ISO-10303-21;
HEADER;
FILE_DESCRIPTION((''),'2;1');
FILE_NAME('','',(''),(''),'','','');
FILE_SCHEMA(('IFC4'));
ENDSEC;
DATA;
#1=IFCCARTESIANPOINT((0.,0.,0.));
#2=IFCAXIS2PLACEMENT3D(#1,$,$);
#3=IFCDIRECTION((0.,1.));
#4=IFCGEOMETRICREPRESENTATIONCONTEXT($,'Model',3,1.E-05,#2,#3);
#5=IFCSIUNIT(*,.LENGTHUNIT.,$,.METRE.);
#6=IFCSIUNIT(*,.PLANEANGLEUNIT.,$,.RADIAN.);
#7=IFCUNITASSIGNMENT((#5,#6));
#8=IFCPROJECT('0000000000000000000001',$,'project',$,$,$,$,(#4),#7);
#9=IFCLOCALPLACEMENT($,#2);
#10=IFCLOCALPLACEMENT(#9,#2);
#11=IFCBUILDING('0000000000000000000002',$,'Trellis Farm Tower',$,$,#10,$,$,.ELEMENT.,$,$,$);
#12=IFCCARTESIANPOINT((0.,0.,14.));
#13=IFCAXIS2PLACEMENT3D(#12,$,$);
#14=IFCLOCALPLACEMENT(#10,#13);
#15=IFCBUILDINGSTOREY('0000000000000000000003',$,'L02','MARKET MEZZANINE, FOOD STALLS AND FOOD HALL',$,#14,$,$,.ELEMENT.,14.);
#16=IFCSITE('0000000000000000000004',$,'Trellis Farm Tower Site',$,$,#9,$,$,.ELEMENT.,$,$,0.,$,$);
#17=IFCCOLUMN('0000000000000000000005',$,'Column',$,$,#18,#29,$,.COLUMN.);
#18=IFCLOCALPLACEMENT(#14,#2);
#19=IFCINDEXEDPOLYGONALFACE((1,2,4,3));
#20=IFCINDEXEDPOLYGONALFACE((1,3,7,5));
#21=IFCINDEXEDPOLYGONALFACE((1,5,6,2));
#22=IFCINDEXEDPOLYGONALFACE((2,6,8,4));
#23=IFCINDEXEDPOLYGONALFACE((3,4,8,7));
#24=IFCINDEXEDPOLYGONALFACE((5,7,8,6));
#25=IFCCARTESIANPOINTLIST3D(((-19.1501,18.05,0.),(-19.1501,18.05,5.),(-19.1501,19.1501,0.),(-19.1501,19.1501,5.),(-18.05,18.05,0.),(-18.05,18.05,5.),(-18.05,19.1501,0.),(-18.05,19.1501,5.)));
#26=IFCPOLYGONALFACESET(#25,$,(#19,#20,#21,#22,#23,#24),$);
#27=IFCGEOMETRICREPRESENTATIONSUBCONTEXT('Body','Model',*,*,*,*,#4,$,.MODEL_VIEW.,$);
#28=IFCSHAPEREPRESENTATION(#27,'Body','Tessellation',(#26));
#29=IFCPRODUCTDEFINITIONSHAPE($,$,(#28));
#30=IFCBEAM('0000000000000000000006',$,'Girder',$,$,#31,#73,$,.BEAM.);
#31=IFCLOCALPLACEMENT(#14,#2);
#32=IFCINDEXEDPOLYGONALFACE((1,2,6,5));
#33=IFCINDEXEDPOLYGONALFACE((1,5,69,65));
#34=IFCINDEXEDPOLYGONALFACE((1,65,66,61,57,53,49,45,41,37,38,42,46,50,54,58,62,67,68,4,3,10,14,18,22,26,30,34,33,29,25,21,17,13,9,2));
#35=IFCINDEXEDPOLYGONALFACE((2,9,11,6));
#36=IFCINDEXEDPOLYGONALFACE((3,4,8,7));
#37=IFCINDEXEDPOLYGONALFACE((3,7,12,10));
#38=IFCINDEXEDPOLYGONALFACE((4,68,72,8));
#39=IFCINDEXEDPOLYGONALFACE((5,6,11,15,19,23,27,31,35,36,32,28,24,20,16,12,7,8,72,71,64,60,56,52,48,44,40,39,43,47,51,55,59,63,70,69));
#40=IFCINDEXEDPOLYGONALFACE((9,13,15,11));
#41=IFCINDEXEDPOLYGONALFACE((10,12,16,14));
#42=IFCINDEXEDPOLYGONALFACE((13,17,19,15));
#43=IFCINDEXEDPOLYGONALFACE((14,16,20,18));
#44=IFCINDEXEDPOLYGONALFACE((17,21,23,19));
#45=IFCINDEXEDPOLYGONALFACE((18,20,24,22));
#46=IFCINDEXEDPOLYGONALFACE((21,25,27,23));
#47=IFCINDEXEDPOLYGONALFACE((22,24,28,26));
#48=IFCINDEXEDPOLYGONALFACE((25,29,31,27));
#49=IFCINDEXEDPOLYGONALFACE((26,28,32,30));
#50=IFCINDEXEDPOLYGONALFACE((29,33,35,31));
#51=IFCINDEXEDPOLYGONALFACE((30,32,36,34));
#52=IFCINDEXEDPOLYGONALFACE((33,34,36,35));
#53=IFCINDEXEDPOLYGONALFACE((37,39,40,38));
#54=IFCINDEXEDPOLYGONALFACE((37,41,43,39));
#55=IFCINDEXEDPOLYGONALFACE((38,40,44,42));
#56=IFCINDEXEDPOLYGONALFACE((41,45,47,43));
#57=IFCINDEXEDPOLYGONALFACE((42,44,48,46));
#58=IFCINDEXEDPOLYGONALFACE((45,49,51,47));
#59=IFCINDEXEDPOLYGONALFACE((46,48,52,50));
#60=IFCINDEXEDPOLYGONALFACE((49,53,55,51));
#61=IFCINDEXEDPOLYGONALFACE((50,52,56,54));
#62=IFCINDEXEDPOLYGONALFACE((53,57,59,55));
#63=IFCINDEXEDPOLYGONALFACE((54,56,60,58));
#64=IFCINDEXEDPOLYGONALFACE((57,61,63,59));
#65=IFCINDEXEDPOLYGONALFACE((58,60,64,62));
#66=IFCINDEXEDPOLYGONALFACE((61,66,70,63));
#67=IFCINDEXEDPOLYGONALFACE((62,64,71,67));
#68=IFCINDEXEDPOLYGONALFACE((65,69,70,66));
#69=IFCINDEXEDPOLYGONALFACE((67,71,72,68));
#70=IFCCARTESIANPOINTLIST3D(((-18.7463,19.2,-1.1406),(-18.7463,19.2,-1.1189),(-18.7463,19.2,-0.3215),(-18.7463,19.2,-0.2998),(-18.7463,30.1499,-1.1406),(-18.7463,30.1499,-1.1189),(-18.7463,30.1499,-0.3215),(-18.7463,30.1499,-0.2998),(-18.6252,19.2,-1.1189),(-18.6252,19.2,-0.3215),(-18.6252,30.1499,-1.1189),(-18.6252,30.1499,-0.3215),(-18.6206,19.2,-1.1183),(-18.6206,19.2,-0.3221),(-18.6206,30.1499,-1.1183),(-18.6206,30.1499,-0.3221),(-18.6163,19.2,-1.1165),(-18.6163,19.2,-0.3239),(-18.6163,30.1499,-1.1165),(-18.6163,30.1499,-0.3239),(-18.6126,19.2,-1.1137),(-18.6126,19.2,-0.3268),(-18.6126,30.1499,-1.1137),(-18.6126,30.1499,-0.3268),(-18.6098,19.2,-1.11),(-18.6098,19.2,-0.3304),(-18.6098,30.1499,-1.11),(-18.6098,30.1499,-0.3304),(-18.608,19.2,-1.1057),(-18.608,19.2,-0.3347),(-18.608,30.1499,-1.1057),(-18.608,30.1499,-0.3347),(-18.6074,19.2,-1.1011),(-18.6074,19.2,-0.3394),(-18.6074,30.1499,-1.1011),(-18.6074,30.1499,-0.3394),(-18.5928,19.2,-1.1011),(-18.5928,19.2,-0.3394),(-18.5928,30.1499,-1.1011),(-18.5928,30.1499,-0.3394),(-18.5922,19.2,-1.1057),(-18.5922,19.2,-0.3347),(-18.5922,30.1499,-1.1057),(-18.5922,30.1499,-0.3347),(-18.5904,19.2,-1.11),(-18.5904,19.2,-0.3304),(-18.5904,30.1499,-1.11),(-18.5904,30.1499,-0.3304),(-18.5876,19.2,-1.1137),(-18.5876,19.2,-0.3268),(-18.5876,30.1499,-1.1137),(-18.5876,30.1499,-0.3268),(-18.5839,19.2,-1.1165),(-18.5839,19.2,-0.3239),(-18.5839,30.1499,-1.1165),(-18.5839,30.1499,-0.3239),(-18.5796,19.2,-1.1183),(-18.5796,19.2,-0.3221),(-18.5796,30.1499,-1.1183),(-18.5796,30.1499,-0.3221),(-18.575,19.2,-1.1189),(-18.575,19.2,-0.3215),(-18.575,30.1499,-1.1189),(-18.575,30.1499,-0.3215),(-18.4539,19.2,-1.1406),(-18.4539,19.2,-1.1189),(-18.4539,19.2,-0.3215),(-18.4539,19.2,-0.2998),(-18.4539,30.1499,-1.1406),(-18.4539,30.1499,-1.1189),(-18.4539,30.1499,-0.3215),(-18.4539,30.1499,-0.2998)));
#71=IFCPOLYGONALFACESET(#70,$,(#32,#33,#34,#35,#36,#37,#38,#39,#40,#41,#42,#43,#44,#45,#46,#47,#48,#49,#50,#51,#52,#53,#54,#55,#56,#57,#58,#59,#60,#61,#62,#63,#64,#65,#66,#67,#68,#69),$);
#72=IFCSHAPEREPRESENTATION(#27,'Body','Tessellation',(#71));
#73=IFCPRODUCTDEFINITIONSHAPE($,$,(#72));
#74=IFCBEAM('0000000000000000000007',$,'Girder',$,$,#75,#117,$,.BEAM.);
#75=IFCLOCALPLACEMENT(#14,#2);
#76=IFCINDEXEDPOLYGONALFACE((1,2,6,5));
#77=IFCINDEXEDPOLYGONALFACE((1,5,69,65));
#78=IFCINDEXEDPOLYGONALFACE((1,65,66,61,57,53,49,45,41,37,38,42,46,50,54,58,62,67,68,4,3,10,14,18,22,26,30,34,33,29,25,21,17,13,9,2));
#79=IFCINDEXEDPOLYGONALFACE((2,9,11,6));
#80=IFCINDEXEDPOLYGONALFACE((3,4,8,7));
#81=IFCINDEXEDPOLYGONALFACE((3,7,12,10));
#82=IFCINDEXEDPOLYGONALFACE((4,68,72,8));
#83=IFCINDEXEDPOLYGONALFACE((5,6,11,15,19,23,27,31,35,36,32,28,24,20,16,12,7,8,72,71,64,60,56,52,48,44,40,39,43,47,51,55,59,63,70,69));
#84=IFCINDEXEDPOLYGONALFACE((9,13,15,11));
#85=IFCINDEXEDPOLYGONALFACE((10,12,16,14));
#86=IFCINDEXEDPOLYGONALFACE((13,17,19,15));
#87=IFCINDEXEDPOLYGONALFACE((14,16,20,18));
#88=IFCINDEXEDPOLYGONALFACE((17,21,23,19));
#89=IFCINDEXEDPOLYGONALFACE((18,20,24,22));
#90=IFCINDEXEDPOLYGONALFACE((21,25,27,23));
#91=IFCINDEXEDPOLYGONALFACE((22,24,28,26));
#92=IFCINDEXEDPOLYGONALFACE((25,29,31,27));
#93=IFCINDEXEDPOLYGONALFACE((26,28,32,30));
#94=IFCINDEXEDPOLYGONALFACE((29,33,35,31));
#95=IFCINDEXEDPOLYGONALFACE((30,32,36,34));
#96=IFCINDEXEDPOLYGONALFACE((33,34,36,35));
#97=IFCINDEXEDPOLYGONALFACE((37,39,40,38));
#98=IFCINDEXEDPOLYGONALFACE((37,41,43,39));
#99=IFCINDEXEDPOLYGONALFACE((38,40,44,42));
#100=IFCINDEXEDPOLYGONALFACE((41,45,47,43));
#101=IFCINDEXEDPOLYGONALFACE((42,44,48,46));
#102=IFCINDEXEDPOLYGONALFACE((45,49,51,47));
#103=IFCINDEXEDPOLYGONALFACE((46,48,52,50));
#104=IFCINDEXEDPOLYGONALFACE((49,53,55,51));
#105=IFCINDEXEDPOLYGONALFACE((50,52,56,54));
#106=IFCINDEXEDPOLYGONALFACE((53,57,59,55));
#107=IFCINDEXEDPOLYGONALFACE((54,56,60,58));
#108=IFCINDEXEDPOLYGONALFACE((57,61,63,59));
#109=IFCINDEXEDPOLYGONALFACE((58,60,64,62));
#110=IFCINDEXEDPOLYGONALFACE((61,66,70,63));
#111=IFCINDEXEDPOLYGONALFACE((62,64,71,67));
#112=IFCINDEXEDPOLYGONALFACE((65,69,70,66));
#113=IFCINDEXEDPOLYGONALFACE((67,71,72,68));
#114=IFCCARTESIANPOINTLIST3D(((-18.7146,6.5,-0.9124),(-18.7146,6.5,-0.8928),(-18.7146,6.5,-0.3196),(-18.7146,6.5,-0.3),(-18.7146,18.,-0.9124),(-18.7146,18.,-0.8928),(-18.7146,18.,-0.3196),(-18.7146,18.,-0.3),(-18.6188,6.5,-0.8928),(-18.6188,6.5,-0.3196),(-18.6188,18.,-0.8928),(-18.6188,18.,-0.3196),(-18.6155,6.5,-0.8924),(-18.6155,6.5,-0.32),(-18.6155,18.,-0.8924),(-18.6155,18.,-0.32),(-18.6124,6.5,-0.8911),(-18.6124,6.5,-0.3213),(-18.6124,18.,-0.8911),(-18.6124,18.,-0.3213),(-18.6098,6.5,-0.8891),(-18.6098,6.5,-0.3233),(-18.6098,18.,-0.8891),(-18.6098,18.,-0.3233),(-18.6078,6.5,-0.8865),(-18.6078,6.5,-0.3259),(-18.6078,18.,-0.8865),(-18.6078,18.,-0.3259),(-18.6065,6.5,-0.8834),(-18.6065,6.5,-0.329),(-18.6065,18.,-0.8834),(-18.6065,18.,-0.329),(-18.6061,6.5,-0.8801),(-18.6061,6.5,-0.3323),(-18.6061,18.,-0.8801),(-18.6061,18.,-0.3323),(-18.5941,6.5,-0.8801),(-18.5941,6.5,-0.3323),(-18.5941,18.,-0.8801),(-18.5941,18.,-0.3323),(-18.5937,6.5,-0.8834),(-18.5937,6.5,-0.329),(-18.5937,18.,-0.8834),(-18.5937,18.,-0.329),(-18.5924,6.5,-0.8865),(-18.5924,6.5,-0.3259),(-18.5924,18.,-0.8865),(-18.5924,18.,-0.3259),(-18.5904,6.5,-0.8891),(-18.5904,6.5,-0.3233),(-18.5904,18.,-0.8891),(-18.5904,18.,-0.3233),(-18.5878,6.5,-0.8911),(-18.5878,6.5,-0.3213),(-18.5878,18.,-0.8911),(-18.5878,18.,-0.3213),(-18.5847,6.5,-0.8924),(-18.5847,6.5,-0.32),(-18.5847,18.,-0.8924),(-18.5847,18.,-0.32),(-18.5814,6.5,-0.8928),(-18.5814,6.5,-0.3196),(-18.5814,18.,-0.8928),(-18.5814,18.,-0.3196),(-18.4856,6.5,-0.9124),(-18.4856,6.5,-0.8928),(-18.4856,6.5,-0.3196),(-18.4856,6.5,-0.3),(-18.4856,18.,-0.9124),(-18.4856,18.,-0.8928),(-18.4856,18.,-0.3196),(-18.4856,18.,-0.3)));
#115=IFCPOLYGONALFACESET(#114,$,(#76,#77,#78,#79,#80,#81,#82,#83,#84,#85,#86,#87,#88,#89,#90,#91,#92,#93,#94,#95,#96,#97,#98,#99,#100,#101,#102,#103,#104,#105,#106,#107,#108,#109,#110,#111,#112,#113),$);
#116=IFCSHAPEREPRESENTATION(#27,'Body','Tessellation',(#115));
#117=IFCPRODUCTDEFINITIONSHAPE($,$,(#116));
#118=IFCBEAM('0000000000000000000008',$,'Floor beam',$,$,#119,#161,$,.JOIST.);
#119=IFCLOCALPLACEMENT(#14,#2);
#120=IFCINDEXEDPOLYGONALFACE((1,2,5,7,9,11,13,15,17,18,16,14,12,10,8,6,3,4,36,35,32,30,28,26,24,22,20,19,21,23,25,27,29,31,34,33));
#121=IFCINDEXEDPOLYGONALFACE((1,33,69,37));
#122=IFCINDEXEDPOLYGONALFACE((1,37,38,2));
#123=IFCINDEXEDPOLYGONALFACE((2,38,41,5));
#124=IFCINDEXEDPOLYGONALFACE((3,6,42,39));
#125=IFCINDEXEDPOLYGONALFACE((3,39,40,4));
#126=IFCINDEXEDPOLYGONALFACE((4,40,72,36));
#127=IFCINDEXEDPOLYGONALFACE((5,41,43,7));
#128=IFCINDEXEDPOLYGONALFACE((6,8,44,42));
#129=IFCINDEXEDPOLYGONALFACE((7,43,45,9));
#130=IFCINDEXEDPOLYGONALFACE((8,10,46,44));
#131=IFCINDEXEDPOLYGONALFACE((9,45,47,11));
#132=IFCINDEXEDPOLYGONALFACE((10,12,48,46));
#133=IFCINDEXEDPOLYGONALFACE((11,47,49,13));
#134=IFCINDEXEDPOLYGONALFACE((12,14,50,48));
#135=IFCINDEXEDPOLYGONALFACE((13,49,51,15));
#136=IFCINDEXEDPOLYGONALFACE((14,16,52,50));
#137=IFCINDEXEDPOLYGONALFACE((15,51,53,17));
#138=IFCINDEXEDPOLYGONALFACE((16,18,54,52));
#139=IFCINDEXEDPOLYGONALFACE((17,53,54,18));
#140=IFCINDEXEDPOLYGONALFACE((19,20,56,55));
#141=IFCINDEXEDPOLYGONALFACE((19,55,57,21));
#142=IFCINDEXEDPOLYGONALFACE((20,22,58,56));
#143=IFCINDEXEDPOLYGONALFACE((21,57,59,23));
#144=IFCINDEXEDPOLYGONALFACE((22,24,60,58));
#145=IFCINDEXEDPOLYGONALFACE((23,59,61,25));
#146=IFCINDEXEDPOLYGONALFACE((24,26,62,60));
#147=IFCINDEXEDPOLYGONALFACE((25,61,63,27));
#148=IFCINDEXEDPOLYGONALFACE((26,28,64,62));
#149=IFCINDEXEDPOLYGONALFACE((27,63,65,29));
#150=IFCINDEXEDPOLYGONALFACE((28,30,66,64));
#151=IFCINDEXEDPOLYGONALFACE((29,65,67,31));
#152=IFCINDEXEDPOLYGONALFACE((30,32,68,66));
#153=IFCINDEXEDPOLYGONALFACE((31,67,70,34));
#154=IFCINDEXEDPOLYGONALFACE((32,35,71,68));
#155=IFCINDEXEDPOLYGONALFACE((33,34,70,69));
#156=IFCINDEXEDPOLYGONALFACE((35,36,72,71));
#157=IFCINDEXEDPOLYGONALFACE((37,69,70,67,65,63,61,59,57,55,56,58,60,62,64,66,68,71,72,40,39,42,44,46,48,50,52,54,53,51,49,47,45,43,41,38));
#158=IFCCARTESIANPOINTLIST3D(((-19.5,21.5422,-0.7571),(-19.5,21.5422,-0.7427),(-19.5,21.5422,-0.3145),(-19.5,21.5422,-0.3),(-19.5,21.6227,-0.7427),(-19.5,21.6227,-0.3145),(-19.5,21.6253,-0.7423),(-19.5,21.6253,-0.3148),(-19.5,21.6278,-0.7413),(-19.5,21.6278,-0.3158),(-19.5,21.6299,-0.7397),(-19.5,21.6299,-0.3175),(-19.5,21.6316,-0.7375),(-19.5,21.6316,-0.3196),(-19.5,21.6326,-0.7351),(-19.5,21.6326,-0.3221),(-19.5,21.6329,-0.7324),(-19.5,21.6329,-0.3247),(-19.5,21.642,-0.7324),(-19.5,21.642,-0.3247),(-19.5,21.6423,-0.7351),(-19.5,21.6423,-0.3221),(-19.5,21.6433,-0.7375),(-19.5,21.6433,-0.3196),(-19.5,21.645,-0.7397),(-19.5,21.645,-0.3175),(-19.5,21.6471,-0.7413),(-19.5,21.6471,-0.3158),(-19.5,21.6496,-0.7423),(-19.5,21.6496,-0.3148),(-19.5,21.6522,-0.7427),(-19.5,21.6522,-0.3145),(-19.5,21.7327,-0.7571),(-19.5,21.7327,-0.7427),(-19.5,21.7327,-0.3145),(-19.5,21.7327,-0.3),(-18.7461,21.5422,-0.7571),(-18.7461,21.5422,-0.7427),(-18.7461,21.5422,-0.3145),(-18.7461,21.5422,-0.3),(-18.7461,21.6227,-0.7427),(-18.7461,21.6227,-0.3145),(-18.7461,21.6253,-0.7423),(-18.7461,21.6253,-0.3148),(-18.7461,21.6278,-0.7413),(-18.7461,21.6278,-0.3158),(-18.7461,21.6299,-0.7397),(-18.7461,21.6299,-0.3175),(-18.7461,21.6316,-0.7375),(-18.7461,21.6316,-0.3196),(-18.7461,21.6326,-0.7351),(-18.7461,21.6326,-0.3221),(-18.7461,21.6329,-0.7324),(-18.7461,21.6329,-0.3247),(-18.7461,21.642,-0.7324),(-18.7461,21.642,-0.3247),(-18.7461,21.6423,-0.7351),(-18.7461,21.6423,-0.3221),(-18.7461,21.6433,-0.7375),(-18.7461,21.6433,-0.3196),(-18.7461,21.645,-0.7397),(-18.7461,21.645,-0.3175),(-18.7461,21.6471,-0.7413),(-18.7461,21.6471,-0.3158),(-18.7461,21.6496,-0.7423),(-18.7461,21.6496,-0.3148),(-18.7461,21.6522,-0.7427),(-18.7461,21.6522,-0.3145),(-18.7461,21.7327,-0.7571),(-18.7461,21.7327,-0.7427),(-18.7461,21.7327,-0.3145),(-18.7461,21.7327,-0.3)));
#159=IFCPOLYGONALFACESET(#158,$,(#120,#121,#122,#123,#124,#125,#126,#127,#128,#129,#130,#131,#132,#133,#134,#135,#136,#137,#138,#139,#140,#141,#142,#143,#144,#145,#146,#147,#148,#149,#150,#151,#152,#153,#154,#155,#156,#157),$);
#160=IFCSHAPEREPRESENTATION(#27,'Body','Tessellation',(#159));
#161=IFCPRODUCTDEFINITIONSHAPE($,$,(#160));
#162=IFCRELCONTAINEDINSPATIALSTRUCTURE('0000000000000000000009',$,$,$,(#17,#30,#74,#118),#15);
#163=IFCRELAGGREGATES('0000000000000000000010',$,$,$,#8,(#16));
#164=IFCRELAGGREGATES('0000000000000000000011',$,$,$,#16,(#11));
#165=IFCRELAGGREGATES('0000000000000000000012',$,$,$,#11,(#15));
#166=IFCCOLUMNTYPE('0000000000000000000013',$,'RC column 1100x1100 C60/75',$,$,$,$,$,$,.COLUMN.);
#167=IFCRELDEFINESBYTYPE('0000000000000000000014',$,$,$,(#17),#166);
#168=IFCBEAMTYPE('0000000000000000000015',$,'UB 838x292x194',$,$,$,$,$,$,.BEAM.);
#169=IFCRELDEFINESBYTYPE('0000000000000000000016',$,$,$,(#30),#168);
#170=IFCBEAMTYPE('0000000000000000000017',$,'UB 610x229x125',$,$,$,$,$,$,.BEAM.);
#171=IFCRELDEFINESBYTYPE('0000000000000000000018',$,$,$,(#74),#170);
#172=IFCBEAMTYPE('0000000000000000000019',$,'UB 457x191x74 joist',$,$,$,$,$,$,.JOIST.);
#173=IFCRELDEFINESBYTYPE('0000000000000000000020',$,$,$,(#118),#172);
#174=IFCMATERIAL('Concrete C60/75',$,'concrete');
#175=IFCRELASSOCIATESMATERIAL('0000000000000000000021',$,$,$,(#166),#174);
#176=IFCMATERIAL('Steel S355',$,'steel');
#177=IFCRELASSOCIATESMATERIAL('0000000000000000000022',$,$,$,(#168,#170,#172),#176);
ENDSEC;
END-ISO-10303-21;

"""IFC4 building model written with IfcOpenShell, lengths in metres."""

from ifc_helpers import new_model, si_unit, direction, frame, origin, origin_2d, place, context, subcontext, project, spatial, rectangle, i_section, extrude, source, transform, mapped, material, material_profile, profile_set, type_object, element, save


model = new_model("IFC4")

# Units and contexts
model_context = context("Model", 3, precision=1e-05, world=origin(), true_north=direction((0.0, 1.0)))
body_context = subcontext(model_context, "Body", "Model", "MODEL_VIEW")
ifc_project = project(units=[si_unit("LENGTHUNIT", "METRE"), si_unit("PLANEANGLEUNIT", "RADIAN")], contexts=[model_context])

# Site, building, storey
site_placement = place(None, origin())
site = spatial("IfcSite", under=ifc_project, at=site_placement, Name="Trellis Farm Tower Site", CompositionType="ELEMENT", RefElevation=0.0)
building_placement = place(site_placement, origin())
building = spatial("IfcBuilding", under=site, at=building_placement, Name="Trellis Farm Tower", CompositionType="ELEMENT")
storey_placement = place(building_placement, frame((0.0, 0.0, 14.0)))
storey = spatial("IfcBuildingStorey", under=building, at=storey_placement, Name="L02", Description="MARKET MEZZANINE, FOOD STALLS AND FOOD HALL", CompositionType="ELEMENT", Elevation=14.0)

# Column
ifc_material_1 = material(Name="Concrete C60/75", Category="concrete")
ifc_material_profile_1 = material_profile(ifc_material_1, rectangle(XDim=1.1001, YDim=1.1001, at=origin_2d()), Name="RC column 1100x1100 C60/75")
ifc_profile_set_1 = profile_set([ifc_material_profile_1], Name="Concrete C60/75")
column_type = type_object("IfcColumnType", Name="RC column 1100x1100 C60/75", PredefinedType="COLUMN", material=ifc_profile_set_1)
shared_shape_1 = source(origin(), body_context, "Body", "SweptSolid", [
    extrude(rectangle(XDim=1.1001, YDim=1.1001, at=origin_2d()), origin(), (0.0, 0.0, 1.0), 5.0),
])
column_placement = place(storey_placement, frame((-18.6001, 18.6001, 0.0), z_axis=(0.0, 0.0, 1.0), x_axis=(1.0, 0.0, 0.0)))
element("IfcColumn", 1, at=column_placement, inside=storey, type_object=column_type, Name="Column", PredefinedType="COLUMN", context=body_context, shape_type="MappedRepresentation", body=[
    mapped(shared_shape_1, transform((0.0, 0.0, 0.0))),
])

# Beams
ifc_material_2 = material(Name="Steel S355", Category="steel")
ifc_material_profile_2 = material_profile(ifc_material_2, i_section(OverallWidth=0.2925, OverallDepth=0.8408, WebThickness=0.0146, FlangeThickness=0.0217, FilletRadius=0.0178, at=origin_2d()), Name="UB 838x292x194")
ifc_profile_set_2 = profile_set([ifc_material_profile_2], Name="Steel S355")
beam_type_1 = type_object("IfcBeamType", Name="UB 838x292x194", PredefinedType="BEAM", material=ifc_profile_set_2)
shared_shape_2 = source(origin(), body_context, "Body", "SweptSolid", [
    extrude(i_section(OverallWidth=0.2925, OverallDepth=0.8408, WebThickness=0.0146, FlangeThickness=0.0217, FilletRadius=0.0178, at=origin_2d()), origin(), (0.0, 0.0, 1.0), 10.95),
])
beam_1_placement = place(storey_placement, frame((-18.6001, 19.2, -0.7202), z_axis=(0.0, 1.0, 0.0), x_axis=(-1.0, 0.0, 0.0)))
element("IfcBeam", 2, at=beam_1_placement, inside=storey, type_object=beam_type_1, Name="Girder", PredefinedType="BEAM", context=body_context, shape_type="MappedRepresentation", body=[
    mapped(shared_shape_2, transform((0.0, 0.0, 0.0))),
])
ifc_material_profile_3 = material_profile(ifc_material_2, i_section(OverallWidth=0.229, OverallDepth=0.6123, WebThickness=0.012, FlangeThickness=0.0195, FilletRadius=0.0127, at=origin_2d()), Name="UB 610x229x125")
ifc_profile_set_3 = profile_set([ifc_material_profile_3], Name="Steel S355")
beam_type_2 = type_object("IfcBeamType", Name="UB 610x229x125", PredefinedType="BEAM", material=ifc_profile_set_3)
shared_shape_3 = source(origin(), body_context, "Body", "SweptSolid", [
    extrude(i_section(OverallWidth=0.229, OverallDepth=0.6123, WebThickness=0.012, FlangeThickness=0.0195, FilletRadius=0.0127, at=origin_2d()), origin(), (0.0, 0.0, 1.0), 11.5),
])
beam_2_placement = place(storey_placement, frame((-18.6001, 6.5, -0.6062), z_axis=(0.0, 1.0, 0.0), x_axis=(-1.0, 0.0, 0.0)))
element("IfcBeam", 3, at=beam_2_placement, inside=storey, type_object=beam_type_2, Name="Girder", PredefinedType="BEAM", context=body_context, shape_type="MappedRepresentation", body=[
    mapped(shared_shape_3, transform((0.0, 0.0, 0.0))),
])
ifc_material_profile_4 = material_profile(ifc_material_2, i_section(OverallWidth=0.1904, OverallDepth=0.457, WebThickness=0.009, FlangeThickness=0.0144, FilletRadius=0.0103, at=origin_2d()), Name="UB 457x191x74")
ifc_profile_set_4 = profile_set([ifc_material_profile_4], Name="Steel S355")
beam_type_3 = type_object("IfcBeamType", Name="UB 457x191x74 joist", PredefinedType="JOIST", material=ifc_profile_set_4)
shared_shape_4 = source(origin(), body_context, "Body", "SweptSolid", [
    extrude(i_section(OverallWidth=0.1904, OverallDepth=0.457, WebThickness=0.009, FlangeThickness=0.0144, FilletRadius=0.0103, at=origin_2d()), origin(), (0.0, 0.0, 1.0), 0.7539),
])
beam_3_placement = place(storey_placement, frame((-19.5, 21.6375, -0.5286), z_axis=(1.0, 0.0, 0.0), x_axis=(0.0, 1.0, 0.0)))
element("IfcBeam", 4, at=beam_3_placement, inside=storey, type_object=beam_type_3, Name="Floor beam", PredefinedType="JOIST", context=body_context, shape_type="MappedRepresentation", body=[
    mapped(shared_shape_4, transform((0.0, 0.0, 0.0))),
])

save(model, "model.ifc")
